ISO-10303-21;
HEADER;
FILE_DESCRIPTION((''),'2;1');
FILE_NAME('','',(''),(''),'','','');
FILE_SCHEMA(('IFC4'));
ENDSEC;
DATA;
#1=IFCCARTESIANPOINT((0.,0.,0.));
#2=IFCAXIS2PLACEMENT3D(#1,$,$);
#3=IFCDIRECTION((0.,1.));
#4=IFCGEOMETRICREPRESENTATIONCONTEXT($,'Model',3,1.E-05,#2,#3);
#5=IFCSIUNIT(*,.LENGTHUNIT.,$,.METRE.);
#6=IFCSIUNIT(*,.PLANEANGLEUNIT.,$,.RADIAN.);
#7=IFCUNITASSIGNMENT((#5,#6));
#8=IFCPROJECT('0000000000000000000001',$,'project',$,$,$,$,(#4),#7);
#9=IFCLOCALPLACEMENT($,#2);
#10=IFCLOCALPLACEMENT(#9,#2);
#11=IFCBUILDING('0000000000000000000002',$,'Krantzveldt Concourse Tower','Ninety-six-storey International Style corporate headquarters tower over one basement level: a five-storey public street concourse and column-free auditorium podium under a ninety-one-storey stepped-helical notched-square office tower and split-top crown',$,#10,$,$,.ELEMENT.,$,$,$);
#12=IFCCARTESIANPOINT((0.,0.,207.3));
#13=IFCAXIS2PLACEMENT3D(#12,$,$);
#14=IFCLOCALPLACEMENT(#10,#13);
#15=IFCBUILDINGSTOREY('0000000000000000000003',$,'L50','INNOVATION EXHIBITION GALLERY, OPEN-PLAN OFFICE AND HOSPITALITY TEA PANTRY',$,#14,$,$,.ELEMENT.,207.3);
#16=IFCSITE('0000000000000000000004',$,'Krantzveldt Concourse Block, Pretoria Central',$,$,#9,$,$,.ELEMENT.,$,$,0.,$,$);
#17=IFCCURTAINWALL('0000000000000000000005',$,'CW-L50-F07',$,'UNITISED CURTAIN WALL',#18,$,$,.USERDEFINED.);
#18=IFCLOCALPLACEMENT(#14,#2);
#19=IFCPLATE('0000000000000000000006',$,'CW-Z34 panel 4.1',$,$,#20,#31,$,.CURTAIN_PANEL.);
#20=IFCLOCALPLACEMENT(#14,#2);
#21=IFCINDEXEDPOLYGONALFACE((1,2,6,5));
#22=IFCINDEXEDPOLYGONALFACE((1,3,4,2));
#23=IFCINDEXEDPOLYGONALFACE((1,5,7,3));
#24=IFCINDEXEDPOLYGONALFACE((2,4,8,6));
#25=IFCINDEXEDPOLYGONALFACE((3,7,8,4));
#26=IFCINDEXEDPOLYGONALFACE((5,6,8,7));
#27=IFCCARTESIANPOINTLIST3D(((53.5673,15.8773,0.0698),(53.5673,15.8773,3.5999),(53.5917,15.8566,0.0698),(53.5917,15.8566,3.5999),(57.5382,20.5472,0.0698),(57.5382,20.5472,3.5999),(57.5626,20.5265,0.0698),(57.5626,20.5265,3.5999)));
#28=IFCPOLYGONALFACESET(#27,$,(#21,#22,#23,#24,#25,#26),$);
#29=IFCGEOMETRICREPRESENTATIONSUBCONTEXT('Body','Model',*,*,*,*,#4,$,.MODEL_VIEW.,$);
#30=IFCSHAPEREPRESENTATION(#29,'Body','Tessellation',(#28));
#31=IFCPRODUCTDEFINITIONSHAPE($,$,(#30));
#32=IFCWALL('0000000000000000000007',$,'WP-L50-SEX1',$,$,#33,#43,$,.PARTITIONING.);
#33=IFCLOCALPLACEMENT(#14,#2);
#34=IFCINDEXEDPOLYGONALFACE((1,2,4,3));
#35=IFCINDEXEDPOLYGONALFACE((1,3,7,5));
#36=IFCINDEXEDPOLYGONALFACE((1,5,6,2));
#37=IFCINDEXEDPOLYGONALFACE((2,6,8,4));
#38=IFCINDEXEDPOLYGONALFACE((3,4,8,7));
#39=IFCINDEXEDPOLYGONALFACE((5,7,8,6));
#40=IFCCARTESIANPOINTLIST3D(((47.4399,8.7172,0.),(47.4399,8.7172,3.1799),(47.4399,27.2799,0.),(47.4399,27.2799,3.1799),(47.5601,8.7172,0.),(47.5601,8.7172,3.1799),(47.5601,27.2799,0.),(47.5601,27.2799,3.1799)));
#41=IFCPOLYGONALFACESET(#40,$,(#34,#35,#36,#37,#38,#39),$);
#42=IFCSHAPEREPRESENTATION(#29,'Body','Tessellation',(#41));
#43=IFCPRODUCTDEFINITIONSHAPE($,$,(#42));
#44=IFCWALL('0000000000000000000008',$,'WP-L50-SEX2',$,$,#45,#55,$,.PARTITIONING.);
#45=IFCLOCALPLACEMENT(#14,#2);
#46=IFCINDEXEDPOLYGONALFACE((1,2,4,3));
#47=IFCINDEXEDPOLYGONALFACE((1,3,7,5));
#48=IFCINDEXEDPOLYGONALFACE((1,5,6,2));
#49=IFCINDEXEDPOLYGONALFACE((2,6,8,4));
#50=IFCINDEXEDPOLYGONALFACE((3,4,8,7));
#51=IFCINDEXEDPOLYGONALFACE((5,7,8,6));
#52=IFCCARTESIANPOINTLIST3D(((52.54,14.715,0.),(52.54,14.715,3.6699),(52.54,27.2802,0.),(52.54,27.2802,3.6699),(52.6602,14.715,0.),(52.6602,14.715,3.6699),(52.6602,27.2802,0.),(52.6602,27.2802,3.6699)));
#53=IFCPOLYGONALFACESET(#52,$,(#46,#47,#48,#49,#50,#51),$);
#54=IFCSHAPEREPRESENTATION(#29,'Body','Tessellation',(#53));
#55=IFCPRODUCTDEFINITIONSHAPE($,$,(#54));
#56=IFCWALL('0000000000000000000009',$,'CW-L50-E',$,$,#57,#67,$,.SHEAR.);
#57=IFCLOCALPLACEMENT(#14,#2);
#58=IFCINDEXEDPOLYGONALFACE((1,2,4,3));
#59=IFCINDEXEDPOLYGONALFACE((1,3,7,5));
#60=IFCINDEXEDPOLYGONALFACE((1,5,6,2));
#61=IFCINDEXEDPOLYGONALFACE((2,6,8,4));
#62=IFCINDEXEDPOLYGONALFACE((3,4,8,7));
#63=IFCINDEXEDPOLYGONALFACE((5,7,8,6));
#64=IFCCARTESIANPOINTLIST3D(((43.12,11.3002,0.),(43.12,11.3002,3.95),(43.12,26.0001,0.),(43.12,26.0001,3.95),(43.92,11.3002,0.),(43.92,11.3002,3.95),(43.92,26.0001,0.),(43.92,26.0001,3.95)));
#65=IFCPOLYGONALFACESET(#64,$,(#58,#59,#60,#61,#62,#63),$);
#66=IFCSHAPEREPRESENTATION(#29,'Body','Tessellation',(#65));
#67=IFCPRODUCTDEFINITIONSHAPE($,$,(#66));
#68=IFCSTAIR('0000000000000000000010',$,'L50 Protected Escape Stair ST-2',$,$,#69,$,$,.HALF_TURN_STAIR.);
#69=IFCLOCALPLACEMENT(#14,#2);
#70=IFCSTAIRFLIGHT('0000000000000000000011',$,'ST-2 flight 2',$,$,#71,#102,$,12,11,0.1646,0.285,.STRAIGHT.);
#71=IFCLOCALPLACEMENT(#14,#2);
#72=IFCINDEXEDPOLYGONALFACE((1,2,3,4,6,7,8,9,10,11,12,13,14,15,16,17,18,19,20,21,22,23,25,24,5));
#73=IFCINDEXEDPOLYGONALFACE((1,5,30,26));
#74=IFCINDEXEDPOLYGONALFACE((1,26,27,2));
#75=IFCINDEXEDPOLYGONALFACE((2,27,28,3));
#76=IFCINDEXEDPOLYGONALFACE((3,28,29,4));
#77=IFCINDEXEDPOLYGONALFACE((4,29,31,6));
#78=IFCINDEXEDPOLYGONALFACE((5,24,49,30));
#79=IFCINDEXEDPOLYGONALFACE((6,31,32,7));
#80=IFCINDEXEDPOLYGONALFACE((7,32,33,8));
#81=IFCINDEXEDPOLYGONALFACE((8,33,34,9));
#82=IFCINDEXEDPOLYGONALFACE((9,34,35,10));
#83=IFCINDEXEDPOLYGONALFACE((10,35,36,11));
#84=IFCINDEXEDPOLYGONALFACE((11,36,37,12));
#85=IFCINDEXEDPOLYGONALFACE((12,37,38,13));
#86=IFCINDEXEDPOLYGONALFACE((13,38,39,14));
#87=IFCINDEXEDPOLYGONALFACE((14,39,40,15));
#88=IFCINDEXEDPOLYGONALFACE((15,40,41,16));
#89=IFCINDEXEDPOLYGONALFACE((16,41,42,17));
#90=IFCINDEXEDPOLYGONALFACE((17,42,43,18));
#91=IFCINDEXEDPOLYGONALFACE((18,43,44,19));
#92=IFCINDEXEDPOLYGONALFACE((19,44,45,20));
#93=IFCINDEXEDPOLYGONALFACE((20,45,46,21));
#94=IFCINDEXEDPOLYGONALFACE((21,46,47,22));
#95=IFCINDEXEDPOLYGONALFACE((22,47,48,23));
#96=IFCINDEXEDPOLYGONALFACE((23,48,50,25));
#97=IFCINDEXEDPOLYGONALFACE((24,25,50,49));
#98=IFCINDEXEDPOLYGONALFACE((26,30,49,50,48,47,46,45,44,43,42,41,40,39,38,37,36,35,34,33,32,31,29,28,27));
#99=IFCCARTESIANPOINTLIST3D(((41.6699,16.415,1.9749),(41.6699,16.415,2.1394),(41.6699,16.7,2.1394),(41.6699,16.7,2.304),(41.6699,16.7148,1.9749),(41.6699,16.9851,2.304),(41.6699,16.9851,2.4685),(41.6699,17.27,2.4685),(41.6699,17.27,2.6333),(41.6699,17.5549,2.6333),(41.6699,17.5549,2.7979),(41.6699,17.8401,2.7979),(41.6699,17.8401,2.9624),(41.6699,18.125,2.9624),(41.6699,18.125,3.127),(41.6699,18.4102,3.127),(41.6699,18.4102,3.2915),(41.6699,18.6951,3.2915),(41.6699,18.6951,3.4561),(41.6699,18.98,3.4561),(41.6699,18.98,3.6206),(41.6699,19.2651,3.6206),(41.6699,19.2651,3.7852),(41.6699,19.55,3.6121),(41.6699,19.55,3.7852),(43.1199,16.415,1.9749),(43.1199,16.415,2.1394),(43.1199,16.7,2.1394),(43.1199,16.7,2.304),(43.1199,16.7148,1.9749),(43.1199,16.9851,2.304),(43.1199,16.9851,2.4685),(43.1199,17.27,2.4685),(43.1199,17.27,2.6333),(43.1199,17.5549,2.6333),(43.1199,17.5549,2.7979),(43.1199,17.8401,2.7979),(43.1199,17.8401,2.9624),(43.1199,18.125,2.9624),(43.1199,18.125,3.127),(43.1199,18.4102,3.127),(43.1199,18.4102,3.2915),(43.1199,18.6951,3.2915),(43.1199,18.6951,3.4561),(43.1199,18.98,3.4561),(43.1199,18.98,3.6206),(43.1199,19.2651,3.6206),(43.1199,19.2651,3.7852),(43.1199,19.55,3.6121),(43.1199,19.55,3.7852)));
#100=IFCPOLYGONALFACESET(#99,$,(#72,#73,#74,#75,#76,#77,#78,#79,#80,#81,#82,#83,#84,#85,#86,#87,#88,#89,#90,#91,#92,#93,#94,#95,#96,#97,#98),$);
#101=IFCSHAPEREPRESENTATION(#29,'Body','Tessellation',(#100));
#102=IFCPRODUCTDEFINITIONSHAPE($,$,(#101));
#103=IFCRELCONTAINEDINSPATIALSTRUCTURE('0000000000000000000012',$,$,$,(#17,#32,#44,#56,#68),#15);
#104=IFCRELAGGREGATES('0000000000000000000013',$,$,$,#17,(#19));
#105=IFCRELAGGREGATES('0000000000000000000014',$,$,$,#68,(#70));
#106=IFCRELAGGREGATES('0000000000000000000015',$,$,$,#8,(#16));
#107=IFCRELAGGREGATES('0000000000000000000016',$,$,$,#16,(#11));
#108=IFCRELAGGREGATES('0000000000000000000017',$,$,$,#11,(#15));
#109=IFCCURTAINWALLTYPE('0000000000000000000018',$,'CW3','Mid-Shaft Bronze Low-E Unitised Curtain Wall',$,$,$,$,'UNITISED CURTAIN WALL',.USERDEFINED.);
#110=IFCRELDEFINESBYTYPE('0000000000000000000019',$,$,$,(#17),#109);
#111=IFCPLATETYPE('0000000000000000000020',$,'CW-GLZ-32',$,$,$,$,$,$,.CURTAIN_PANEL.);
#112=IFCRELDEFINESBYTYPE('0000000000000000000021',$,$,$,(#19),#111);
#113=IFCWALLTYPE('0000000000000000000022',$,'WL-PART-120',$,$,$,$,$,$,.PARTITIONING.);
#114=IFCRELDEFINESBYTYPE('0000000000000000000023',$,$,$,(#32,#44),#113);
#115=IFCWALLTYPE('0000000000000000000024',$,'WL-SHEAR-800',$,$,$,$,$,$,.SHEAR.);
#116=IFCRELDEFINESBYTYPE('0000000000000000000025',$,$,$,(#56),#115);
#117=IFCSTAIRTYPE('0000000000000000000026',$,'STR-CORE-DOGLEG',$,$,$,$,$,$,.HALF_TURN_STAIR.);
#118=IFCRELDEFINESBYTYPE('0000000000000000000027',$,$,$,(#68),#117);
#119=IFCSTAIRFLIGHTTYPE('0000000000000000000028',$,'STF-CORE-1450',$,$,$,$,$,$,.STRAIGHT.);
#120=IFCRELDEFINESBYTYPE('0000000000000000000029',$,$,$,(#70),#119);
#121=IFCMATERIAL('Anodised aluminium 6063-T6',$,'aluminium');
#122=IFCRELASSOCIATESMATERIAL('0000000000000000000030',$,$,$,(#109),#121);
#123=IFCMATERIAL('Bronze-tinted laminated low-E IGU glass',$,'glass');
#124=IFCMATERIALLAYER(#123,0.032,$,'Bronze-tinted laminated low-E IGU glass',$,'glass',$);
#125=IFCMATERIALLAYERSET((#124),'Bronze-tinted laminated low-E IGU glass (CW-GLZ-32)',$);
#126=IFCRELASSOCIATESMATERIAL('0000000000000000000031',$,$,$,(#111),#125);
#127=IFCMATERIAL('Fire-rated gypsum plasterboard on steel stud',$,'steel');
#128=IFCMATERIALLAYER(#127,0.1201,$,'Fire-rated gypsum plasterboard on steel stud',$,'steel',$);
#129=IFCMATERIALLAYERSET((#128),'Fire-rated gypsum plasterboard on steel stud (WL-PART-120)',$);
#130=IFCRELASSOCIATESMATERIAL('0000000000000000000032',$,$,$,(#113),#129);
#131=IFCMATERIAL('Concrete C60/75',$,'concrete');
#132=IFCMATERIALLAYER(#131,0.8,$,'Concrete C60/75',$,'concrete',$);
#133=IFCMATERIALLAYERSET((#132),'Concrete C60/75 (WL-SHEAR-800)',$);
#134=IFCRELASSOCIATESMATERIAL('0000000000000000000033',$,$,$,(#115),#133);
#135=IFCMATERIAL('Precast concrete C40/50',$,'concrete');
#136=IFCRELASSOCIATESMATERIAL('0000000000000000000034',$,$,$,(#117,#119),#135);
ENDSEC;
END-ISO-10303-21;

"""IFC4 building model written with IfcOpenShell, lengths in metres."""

from ifc_helpers import new_model, si_unit, direction, frame, frame_2d, origin, origin_2d, place, context, subcontext, project, spatial, polyline, rectangle, outline, extrude, source, transform, mapped, material, layer, layer_set, type_object, element, aggregate, save


model = new_model("IFC4")

# Units and contexts
model_context = context("Model", 3, precision=1e-05, world=origin(), true_north=direction((0.0, 1.0)))
body_context = subcontext(model_context, "Body", "Model", "MODEL_VIEW")
ifc_project = project(units=[si_unit("LENGTHUNIT", "METRE"), si_unit("PLANEANGLEUNIT", "RADIAN")], contexts=[model_context])

# Site, building, storey
site_placement = place(None, origin())
site = spatial("IfcSite", under=ifc_project, at=site_placement, Name="Krantzveldt Concourse Block, Pretoria Central", CompositionType="ELEMENT", RefElevation=0.0)
building_placement = place(site_placement, origin())
building = spatial("IfcBuilding", under=site, at=building_placement, Name="Krantzveldt Concourse Tower", Description="Ninety-six-storey International Style corporate headquarters tower over one basement level: a five-storey public street concourse and column-free auditorium podium under a ninety-one-storey stepped-helical notched-square office tower and split-top crown", CompositionType="ELEMENT")
storey_placement = place(building_placement, frame((0.0, 0.0, 207.3)))
storey = spatial("IfcBuildingStorey", under=building, at=storey_placement, Name="L50", Description="INNOVATION EXHIBITION GALLERY, OPEN-PLAN OFFICE AND HOSPITALITY TEA PANTRY", CompositionType="ELEMENT", Elevation=207.3)

# Curtain wall, plate
ifc_material_1 = material(Name="Anodised aluminium 6063-T6", Category="aluminium")
curtain_wall_type = type_object("IfcCurtainWallType", Name="CW3", Description="Mid-Shaft Bronze Low-E Unitised Curtain Wall", ElementType="UNITISED CURTAIN WALL", PredefinedType="USERDEFINED", material=ifc_material_1)
curtain_wall_placement = place(storey_placement, origin())
curtain_wall = element("IfcCurtainWall", 1, at=curtain_wall_placement, inside=storey, type_object=curtain_wall_type, Name="CW-L50-F07", ObjectType="UNITISED CURTAIN WALL", PredefinedType="USERDEFINED")
ifc_material_2 = material(Name="Bronze-tinted laminated low-E IGU glass", Category="glass")
ifc_layer_1 = layer(ifc_material_2, 0.032, Name="Bronze-tinted laminated low-E IGU glass", Category="glass")
ifc_layer_set_1 = layer_set([ifc_layer_1], Name="Bronze-tinted laminated low-E IGU glass (CW-GLZ-32)")
plate_type = type_object("IfcPlateType", Name="CW-GLZ-32", PredefinedType="CURTAIN_PANEL", material=ifc_layer_set_1)
shared_shape_1 = source(origin(), body_context, "Body", "SweptSolid", [
    extrude(rectangle(XDim=6.1299, YDim=0.032, at=origin_2d()), origin(), (0.0, 0.0, 1.0), 3.53),
])
plate_1_placement = place(storey_placement, frame((55.5649, 18.2019, 0.0698), z_axis=(0.0, 0.0, 1.0), x_axis=(0.647788, 0.761821, 0.0)))
plate_1 = element("IfcPlate", 2, at=plate_1_placement, type_object=plate_type, Name="CW-Z34 panel 4.1", PredefinedType="CURTAIN_PANEL", context=body_context, shape_type="MappedRepresentation", body=[
    mapped(shared_shape_1, transform((0.0, 0.0, 0.0), x_axis=(1.0, 0.0, 0.0), y_axis=(0.0, 1.0, 0.0), z_axis=(0.0, 0.0, 1.0), scale=1.0)),
])
aggregate(curtain_wall, [plate_1])

# Walls
ifc_material_3 = material(Name="Fire-rated gypsum plasterboard on steel stud", Category="steel")
ifc_layer_2 = layer(ifc_material_3, 0.1201, Name="Fire-rated gypsum plasterboard on steel stud", Category="steel")
ifc_layer_set_2 = layer_set([ifc_layer_2], Name="Fire-rated gypsum plasterboard on steel stud (WL-PART-120)")
wall_type_1 = type_object("IfcWallType", Name="WL-PART-120", PredefinedType="PARTITIONING", material=ifc_layer_set_2)
wall_1_placement = place(storey_placement, frame((47.5, 8.7173, 0.0), z_axis=(0.0, 0.0, 1.0), x_axis=(0.0, 1.0, 0.0)))
element("IfcWall", 3, at=wall_1_placement, inside=storey, type_object=wall_type_1, Name="WP-L50-SEX1", PredefinedType="PARTITIONING", context=body_context, shape_type="SweptSolid", body=[
    extrude(rectangle(XDim=18.5627, YDim=0.1201, at=frame_2d((9.2812, 0.0))), origin(), (0.0, 0.0, 1.0), 3.1799),
])
wall_2_placement = place(storey_placement, frame((52.6001, 14.7148, 0.0), z_axis=(0.0, 0.0, 1.0), x_axis=(0.0, 1.0, 0.0)))
element("IfcWall", 4, at=wall_2_placement, inside=storey, type_object=wall_type_1, Name="WP-L50-SEX2", PredefinedType="PARTITIONING", context=body_context, shape_type="SweptSolid", body=[
    extrude(rectangle(XDim=12.5652, YDim=0.1201, at=frame_2d((6.2827, 0.0))), origin(), (0.0, 0.0, 1.0), 3.6699),
])
ifc_material_4 = material(Name="Concrete C60/75", Category="concrete")
ifc_layer_3 = layer(ifc_material_4, 0.8, Name="Concrete C60/75", Category="concrete")
ifc_layer_set_3 = layer_set([ifc_layer_3], Name="Concrete C60/75 (WL-SHEAR-800)")
wall_type_2 = type_object("IfcWallType", Name="WL-SHEAR-800", PredefinedType="SHEAR", material=ifc_layer_set_3)
wall_3_placement = place(storey_placement, frame((43.52, 11.3, 0.0), z_axis=(0.0, 0.0, 1.0), x_axis=(0.0, 1.0, 0.0)))
element("IfcWall", 5, at=wall_3_placement, inside=storey, type_object=wall_type_2, Name="CW-L50-E", PredefinedType="SHEAR", context=body_context, shape_type="SweptSolid", body=[
    extrude(rectangle(XDim=14.7, YDim=0.8, at=frame_2d((7.3501, 0.0))), origin(), (0.0, 0.0, 1.0), 3.95),
])

# Stair, stair flight
ifc_material_5 = material(Name="Precast concrete C40/50", Category="concrete")
stair_type = type_object("IfcStairType", Name="STR-CORE-DOGLEG", PredefinedType="HALF_TURN_STAIR", material=ifc_material_5)
stair_placement = place(storey_placement, origin())
stair = element("IfcStair", 6, at=stair_placement, inside=storey, type_object=stair_type, Name="L50 Protected Escape Stair ST-2", PredefinedType="HALF_TURN_STAIR")
stair_flight_type = type_object("IfcStairFlightType", Name="STF-CORE-1450", PredefinedType="STRAIGHT", material=ifc_material_5)
stair_flight_placement = place(storey_placement, frame((42.395, 16.415, 1.9749), z_axis=(0.0, 0.0, 1.0), x_axis=(0.0, 1.0, 0.0)))
stair_flight = element("IfcStairFlight", 7, at=stair_flight_placement, type_object=stair_flight_type, Name="ST-2 flight 2", NumberOfRisers=12, NumberOfTreads=11, PredefinedType="STRAIGHT", RiserHeight=0.1646, TreadLength=0.285, context=body_context, shape_type="SweptSolid", body=[
    extrude(outline(polyline([(0.0, 0.0), (0.0, 0.1646), (0.2849, 0.1646), (0.2849, 0.3291), (0.5701, 0.3291), (0.5701, 0.4937), (0.855, 0.4937), (0.855, 0.6584), (1.1399, 0.6584), (1.1399, 0.823), (1.425, 0.823), (1.425, 0.9875), (1.71, 0.9875), (1.71, 1.1521), (1.9951, 1.1521), (1.9951, 1.3167), (2.28, 1.3167), (2.28, 1.4812), (2.5649, 1.4812), (2.5649, 1.6458), (2.8501, 1.6458), (2.8501, 1.8103), (3.135, 1.8103), (3.135, 1.9751), (3.135, 1.6372), (0.2998, 0.0), (0.0, 0.0)])), frame((0.0, 0.7251, 0.0), z_axis=(0.0, -1.0, 0.0), x_axis=(1.0, 0.0, 0.0)), (0.0, 0.0, 1.0), 1.45),
])
aggregate(stair, [stair_flight])

save(model, "model.ifc")
